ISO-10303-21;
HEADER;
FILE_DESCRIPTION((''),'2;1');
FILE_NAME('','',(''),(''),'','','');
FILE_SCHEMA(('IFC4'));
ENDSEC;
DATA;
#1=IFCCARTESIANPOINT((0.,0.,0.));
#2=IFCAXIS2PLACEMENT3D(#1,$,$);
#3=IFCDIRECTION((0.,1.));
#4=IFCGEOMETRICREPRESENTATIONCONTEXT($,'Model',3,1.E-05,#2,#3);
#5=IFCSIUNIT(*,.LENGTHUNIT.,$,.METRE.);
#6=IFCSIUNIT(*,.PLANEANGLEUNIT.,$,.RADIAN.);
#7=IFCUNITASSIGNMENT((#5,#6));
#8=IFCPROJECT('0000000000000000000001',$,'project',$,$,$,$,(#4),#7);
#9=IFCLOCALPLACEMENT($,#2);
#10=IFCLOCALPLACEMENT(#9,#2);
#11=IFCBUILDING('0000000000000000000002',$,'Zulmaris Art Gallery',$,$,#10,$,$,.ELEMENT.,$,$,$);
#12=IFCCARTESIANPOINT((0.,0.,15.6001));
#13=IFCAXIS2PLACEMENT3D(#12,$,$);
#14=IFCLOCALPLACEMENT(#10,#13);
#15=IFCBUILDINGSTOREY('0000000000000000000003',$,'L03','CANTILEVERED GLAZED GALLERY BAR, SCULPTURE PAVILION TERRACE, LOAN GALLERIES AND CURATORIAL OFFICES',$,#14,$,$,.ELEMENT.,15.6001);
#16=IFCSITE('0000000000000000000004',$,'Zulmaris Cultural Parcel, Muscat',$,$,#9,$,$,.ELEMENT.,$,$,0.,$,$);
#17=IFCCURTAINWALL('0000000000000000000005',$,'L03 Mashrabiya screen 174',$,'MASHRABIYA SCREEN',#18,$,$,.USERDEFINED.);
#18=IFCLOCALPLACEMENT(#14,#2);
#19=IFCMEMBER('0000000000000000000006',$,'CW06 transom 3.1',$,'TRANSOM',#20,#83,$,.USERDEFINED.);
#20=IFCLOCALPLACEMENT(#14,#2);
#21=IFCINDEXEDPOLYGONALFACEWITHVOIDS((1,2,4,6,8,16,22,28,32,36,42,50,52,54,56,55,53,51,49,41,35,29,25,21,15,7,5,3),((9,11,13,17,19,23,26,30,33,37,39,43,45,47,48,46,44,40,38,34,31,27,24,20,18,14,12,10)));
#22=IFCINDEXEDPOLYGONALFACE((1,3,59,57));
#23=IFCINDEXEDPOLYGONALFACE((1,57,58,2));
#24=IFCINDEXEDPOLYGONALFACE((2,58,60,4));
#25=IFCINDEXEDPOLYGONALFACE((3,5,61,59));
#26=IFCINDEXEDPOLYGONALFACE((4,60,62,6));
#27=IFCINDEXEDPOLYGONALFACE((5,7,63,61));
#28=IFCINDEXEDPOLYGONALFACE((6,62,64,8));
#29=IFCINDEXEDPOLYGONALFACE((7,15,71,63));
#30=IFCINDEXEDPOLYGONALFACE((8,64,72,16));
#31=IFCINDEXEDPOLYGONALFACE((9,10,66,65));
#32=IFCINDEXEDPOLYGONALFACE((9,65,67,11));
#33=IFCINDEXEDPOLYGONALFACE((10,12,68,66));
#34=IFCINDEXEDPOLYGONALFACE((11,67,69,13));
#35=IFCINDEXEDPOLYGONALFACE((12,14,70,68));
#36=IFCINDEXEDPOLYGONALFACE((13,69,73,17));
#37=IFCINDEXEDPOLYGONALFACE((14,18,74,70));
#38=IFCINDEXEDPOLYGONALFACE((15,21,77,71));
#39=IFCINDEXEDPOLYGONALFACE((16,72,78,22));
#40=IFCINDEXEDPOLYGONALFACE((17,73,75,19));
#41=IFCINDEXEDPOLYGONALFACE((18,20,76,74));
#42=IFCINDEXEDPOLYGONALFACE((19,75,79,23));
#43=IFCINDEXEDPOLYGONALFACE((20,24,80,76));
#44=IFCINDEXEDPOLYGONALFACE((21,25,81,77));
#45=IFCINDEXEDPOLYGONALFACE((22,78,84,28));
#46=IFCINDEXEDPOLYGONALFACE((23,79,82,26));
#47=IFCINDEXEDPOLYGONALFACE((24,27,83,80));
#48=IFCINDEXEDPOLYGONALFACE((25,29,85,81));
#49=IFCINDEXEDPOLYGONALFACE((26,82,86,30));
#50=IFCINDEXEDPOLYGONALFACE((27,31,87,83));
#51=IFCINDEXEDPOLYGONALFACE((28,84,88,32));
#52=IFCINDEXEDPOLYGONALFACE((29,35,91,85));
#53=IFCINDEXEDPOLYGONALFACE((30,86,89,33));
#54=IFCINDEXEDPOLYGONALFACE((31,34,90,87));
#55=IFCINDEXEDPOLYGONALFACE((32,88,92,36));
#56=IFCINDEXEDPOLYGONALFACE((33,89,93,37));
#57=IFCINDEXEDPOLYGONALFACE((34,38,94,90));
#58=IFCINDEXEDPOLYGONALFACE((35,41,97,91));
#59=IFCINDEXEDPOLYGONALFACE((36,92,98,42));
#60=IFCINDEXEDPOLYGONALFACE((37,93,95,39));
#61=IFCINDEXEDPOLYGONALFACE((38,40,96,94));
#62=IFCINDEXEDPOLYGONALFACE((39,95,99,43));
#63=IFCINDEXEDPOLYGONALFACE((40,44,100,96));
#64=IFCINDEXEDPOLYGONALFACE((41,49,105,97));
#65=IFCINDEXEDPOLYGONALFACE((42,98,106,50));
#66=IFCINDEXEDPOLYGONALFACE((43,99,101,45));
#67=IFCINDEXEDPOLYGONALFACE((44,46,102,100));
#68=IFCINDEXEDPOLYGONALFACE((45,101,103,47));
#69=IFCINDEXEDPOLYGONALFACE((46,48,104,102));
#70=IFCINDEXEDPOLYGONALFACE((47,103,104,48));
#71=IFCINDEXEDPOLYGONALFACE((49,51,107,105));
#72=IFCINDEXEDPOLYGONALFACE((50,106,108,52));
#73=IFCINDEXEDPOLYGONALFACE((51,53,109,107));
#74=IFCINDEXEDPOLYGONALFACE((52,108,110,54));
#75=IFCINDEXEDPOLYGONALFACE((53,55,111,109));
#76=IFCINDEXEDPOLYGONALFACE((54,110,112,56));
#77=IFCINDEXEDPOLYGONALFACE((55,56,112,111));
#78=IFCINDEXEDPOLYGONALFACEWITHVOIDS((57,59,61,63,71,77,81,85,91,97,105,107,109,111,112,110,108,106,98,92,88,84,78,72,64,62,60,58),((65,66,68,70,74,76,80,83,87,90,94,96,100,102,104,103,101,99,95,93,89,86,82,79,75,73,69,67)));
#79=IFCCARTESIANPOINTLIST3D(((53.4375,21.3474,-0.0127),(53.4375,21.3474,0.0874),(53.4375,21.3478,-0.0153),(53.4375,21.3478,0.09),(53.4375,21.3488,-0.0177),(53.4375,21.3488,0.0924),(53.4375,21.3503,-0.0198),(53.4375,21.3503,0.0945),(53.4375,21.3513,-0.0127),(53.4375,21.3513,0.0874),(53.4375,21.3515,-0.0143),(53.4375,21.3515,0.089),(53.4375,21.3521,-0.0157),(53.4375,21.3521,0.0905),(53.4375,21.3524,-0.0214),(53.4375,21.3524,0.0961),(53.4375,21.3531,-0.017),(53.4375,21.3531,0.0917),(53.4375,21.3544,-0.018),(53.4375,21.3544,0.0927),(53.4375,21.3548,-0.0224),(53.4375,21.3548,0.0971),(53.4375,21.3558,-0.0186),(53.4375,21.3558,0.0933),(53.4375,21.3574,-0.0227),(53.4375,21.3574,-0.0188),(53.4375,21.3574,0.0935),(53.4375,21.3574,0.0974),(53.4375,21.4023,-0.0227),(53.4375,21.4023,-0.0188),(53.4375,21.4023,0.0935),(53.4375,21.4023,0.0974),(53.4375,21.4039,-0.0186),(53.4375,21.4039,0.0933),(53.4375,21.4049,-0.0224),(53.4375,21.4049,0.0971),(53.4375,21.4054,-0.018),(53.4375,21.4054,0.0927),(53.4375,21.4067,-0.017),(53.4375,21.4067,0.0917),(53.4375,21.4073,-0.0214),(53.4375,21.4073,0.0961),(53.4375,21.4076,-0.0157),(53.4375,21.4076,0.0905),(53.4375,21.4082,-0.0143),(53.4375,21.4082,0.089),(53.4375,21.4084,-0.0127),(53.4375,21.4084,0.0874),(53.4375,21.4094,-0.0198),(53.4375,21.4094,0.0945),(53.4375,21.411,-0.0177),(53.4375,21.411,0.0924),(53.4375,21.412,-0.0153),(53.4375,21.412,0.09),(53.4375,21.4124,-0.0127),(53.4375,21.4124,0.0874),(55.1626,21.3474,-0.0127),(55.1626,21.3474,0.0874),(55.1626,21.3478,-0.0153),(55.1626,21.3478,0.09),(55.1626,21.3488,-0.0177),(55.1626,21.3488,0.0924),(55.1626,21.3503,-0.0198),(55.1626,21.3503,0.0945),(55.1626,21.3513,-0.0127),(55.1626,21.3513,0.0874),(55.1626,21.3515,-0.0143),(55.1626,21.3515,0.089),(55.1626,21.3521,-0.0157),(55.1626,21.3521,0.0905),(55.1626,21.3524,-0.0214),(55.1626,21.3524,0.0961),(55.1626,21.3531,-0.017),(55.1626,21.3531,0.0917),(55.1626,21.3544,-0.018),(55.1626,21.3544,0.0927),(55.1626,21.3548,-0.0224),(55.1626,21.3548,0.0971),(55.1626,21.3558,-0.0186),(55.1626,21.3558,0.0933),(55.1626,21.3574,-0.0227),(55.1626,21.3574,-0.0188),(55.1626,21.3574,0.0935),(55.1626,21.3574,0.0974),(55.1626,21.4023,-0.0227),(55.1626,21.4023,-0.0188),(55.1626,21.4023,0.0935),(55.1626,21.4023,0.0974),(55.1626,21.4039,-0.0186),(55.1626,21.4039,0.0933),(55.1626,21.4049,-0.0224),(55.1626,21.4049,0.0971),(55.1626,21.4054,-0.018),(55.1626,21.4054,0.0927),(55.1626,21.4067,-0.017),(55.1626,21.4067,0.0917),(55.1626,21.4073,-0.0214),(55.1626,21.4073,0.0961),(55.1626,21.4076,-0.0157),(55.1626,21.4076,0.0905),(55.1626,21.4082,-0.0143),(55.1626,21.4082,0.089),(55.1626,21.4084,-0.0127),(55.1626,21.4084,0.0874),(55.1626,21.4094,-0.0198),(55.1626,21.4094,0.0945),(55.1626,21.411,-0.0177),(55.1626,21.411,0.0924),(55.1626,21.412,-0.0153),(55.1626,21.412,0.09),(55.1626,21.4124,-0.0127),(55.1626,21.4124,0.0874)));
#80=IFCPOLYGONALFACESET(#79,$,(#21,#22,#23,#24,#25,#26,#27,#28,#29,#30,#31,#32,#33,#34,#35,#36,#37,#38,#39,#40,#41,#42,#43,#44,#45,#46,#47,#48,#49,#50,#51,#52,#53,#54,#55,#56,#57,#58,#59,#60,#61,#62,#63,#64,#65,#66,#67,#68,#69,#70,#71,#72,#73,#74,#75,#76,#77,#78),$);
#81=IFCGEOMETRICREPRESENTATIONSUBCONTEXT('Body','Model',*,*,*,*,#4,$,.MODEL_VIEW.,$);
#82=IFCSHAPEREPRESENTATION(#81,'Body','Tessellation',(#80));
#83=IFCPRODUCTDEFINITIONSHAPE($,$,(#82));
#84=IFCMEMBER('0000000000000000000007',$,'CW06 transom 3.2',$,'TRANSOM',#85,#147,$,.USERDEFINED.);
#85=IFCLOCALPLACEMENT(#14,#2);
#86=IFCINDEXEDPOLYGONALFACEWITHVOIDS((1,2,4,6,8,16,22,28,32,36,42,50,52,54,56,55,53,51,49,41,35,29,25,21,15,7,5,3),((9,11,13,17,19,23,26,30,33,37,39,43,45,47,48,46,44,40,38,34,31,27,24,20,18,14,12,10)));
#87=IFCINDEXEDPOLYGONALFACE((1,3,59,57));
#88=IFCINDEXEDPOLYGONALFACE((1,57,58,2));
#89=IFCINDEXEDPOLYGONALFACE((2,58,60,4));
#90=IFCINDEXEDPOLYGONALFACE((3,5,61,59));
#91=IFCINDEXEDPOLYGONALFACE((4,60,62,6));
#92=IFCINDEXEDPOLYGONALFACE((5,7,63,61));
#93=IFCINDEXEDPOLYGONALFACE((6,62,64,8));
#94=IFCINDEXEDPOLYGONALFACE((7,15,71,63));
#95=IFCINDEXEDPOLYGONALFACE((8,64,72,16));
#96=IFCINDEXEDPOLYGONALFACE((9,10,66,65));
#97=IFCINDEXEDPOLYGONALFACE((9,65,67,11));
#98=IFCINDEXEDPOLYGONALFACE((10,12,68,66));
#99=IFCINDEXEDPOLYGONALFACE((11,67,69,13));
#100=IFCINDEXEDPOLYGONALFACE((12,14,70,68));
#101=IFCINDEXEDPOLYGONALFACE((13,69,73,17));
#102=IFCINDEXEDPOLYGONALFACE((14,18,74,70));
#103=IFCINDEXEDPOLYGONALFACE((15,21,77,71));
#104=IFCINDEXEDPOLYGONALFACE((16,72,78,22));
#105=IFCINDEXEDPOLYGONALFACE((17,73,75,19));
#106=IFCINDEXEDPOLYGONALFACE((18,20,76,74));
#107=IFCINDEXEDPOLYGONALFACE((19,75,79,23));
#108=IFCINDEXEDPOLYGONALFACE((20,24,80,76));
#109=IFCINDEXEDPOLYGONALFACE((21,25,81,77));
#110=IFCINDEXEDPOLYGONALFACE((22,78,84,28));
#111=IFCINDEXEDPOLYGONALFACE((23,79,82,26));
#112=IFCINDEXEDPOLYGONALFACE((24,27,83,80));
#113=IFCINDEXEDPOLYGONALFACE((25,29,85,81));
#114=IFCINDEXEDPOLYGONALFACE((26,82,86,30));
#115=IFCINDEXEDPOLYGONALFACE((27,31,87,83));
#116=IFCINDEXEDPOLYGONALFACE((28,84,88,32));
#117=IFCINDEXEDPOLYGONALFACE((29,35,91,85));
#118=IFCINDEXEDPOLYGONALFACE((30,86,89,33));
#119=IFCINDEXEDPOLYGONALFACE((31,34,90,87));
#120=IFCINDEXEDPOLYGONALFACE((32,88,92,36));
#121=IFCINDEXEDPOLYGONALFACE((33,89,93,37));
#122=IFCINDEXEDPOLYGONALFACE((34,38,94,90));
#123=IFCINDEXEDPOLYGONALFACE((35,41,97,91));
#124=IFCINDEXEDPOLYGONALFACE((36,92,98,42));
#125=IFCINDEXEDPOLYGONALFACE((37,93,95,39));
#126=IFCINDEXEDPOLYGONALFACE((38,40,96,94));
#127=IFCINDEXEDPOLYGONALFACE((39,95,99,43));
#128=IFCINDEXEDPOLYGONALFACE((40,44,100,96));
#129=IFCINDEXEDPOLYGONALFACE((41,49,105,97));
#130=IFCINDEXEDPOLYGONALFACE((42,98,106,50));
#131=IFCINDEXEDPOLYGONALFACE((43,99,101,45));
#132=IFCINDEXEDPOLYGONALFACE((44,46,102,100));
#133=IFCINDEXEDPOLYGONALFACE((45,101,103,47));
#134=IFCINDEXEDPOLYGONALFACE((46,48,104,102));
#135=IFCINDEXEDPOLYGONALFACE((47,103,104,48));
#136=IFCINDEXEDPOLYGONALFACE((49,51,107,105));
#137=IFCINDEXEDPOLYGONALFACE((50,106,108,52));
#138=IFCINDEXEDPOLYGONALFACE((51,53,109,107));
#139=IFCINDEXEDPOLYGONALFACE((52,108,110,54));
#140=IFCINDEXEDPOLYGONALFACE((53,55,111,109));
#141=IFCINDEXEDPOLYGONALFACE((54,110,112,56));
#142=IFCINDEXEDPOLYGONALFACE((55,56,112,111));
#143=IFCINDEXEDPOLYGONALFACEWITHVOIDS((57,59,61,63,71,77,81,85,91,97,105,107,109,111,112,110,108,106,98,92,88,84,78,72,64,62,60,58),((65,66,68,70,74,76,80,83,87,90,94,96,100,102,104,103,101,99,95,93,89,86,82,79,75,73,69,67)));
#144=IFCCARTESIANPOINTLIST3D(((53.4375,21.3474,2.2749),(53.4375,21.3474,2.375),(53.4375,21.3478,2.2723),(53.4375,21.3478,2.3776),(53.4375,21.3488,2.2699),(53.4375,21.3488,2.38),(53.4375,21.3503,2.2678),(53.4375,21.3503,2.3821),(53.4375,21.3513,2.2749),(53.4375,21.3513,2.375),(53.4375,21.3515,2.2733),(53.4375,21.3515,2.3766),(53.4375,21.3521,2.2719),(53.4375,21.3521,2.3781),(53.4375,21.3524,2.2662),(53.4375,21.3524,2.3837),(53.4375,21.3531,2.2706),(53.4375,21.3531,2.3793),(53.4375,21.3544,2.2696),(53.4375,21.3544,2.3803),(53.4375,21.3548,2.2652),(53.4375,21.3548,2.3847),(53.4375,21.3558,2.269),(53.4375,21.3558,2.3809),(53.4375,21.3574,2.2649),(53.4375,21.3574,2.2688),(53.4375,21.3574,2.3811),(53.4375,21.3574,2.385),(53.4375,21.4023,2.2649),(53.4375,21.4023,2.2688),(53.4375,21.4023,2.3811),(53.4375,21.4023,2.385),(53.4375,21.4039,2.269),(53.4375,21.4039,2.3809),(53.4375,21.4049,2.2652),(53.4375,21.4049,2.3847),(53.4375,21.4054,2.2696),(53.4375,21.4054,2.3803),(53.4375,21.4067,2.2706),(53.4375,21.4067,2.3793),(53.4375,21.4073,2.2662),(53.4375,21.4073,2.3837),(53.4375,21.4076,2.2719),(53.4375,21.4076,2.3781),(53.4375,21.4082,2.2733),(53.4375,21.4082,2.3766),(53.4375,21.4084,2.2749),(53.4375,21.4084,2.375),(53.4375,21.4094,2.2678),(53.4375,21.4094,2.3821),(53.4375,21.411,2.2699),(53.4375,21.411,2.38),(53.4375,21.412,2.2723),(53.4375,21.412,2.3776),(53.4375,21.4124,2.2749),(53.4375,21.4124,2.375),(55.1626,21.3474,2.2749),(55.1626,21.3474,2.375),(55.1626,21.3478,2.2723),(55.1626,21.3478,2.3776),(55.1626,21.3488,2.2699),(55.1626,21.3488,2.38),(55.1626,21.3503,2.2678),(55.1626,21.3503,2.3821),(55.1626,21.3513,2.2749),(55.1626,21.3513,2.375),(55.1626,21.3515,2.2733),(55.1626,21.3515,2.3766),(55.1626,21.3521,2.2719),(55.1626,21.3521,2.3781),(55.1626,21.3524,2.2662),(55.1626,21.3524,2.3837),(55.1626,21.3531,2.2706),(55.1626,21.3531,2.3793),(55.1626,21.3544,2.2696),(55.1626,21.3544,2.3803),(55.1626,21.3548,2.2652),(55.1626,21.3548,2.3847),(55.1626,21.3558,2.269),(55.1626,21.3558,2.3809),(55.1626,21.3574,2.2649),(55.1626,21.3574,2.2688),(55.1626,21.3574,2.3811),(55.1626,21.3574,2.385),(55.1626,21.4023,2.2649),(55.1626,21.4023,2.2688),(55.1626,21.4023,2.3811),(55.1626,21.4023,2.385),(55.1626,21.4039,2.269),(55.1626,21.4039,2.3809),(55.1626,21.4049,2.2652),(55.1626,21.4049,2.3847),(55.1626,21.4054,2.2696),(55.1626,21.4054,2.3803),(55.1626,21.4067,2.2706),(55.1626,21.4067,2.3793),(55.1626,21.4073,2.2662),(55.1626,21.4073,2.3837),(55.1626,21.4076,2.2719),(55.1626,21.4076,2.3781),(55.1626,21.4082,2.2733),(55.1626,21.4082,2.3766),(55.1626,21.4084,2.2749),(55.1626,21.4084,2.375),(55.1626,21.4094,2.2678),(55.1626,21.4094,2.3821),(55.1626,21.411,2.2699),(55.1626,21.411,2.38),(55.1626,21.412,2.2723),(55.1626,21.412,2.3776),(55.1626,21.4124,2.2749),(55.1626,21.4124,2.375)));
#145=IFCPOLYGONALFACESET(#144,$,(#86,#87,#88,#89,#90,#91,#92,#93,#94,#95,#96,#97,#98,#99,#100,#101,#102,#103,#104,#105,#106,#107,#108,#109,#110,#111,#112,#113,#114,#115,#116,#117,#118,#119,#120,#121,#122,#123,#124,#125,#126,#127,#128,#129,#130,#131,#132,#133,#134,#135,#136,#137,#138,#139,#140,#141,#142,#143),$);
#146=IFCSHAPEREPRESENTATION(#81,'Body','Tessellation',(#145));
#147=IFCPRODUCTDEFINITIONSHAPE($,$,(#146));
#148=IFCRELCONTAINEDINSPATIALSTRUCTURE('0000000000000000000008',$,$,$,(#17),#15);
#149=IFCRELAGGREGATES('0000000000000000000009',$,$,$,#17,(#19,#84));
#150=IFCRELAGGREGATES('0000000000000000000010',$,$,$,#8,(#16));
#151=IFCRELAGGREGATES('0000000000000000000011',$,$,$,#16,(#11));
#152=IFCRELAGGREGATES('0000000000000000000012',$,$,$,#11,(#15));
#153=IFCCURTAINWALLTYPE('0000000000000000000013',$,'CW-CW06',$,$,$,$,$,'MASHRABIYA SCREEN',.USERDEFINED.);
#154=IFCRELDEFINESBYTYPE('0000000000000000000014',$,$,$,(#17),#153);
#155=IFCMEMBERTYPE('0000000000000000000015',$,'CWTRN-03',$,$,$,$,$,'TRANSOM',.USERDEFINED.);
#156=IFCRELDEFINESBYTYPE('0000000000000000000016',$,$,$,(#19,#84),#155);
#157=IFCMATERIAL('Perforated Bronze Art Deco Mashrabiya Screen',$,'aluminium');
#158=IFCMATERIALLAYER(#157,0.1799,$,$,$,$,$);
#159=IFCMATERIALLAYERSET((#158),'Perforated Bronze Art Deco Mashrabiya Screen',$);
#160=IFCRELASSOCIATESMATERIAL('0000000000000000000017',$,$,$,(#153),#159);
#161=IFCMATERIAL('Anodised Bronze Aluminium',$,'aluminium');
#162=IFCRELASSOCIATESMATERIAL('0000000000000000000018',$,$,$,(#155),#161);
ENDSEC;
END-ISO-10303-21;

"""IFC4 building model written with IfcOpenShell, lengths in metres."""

from ifc_helpers import new_model, si_unit, direction, frame, origin, origin_2d, place, context, subcontext, project, spatial, hollow_rectangle, extrude, material, layer, layer_set, material_profile, profile_set, type_object, element, aggregate, save


model = new_model("IFC4")

# Units and contexts
model_context = context("Model", 3, precision=1e-05, world=origin(), true_north=direction((0.0, 1.0)))
body_context = subcontext(model_context, "Body", "Model", "MODEL_VIEW")
ifc_project = project(units=[si_unit("LENGTHUNIT", "METRE"), si_unit("PLANEANGLEUNIT", "RADIAN")], contexts=[model_context])

# Site, building, storey
site_placement = place(None, origin())
site = spatial("IfcSite", under=ifc_project, at=site_placement, Name="Zulmaris Cultural Parcel, Muscat", CompositionType="ELEMENT", RefElevation=0.0)
building_placement = place(site_placement, origin())
building = spatial("IfcBuilding", under=site, at=building_placement, Name="Zulmaris Art Gallery", CompositionType="ELEMENT")
storey_placement = place(building_placement, frame((0.0, 0.0, 15.6001)))
storey = spatial("IfcBuildingStorey", under=building, at=storey_placement, Name="L03", Description="CANTILEVERED GLAZED GALLERY BAR, SCULPTURE PAVILION TERRACE, LOAN GALLERIES AND CURATORIAL OFFICES", CompositionType="ELEMENT", Elevation=15.6001)

# Shared definitions
ifc_material_1 = material(Name="Anodised Bronze Aluminium", Category="aluminium")
ifc_material_2 = material(Name="Perforated Bronze Art Deco Mashrabiya Screen", Category="aluminium")
ifc_layer_1 = layer(ifc_material_2, 0.1799)
ifc_layer_set_1 = layer_set([ifc_layer_1], Name="Perforated Bronze Art Deco Mashrabiya Screen")
curtain_wall_type_1 = type_object("IfcCurtainWallType", Name="CW-CW06", ElementType="MASHRABIYA SCREEN", PredefinedType="USERDEFINED", material=ifc_layer_set_1)

# Curtain wall, members
curtain_wall_1_placement = place(storey_placement, origin())
curtain_wall_1 = element("IfcCurtainWall", 1, at=curtain_wall_1_placement, inside=storey, type_object=curtain_wall_type_1, Name="L03 Mashrabiya screen 174", ObjectType="MASHRABIYA SCREEN", PredefinedType="USERDEFINED")
ifc_material_profile_1 = material_profile(ifc_material_1, hollow_rectangle(XDim=0.0649, YDim=0.1201, WallThickness=0.0039, InnerFilletRadius=0.0061, OuterFilletRadius=0.01, at=origin_2d()), Name="ALU 65x120x4")
ifc_profile_set_1 = profile_set([ifc_material_profile_1], Name="Anodised Bronze Aluminium")
member_type_1 = type_object("IfcMemberType", Name="CWTRN-03", ElementType="TRANSOM", PredefinedType="USERDEFINED", material=ifc_profile_set_1)
member_1_placement = place(storey_placement, frame((53.4375, 21.3799, 0.0374), z_axis=(1.0, 0.0, 0.0), x_axis=(0.0, 1.0, 0.0)))
member_1 = element("IfcMember", 2, at=member_1_placement, type_object=member_type_1, Name="CW06 transom 3.1", ObjectType="TRANSOM", PredefinedType="USERDEFINED", context=body_context, shape_type="SweptSolid", body=[
    extrude(hollow_rectangle(XDim=0.0649, YDim=0.1201, WallThickness=0.0039, InnerFilletRadius=0.0061, OuterFilletRadius=0.01, at=origin_2d()), origin(), (0.0, 0.0, 1.0), 1.7251),
])
member_2_placement = place(storey_placement, frame((53.4375, 21.3799, 2.325), z_axis=(1.0, 0.0, 0.0), x_axis=(0.0, 1.0, 0.0)))
member_2 = element("IfcMember", 3, at=member_2_placement, type_object=member_type_1, Name="CW06 transom 3.2", ObjectType="TRANSOM", PredefinedType="USERDEFINED", context=body_context, shape_type="SweptSolid", body=[
    extrude(hollow_rectangle(XDim=0.0649, YDim=0.1201, WallThickness=0.0039, InnerFilletRadius=0.0061, OuterFilletRadius=0.01, at=origin_2d()), origin(), (0.0, 0.0, 1.0), 1.7251),
])

aggregate(curtain_wall_1, [member_1, member_2])

save(model, "model.ifc")
